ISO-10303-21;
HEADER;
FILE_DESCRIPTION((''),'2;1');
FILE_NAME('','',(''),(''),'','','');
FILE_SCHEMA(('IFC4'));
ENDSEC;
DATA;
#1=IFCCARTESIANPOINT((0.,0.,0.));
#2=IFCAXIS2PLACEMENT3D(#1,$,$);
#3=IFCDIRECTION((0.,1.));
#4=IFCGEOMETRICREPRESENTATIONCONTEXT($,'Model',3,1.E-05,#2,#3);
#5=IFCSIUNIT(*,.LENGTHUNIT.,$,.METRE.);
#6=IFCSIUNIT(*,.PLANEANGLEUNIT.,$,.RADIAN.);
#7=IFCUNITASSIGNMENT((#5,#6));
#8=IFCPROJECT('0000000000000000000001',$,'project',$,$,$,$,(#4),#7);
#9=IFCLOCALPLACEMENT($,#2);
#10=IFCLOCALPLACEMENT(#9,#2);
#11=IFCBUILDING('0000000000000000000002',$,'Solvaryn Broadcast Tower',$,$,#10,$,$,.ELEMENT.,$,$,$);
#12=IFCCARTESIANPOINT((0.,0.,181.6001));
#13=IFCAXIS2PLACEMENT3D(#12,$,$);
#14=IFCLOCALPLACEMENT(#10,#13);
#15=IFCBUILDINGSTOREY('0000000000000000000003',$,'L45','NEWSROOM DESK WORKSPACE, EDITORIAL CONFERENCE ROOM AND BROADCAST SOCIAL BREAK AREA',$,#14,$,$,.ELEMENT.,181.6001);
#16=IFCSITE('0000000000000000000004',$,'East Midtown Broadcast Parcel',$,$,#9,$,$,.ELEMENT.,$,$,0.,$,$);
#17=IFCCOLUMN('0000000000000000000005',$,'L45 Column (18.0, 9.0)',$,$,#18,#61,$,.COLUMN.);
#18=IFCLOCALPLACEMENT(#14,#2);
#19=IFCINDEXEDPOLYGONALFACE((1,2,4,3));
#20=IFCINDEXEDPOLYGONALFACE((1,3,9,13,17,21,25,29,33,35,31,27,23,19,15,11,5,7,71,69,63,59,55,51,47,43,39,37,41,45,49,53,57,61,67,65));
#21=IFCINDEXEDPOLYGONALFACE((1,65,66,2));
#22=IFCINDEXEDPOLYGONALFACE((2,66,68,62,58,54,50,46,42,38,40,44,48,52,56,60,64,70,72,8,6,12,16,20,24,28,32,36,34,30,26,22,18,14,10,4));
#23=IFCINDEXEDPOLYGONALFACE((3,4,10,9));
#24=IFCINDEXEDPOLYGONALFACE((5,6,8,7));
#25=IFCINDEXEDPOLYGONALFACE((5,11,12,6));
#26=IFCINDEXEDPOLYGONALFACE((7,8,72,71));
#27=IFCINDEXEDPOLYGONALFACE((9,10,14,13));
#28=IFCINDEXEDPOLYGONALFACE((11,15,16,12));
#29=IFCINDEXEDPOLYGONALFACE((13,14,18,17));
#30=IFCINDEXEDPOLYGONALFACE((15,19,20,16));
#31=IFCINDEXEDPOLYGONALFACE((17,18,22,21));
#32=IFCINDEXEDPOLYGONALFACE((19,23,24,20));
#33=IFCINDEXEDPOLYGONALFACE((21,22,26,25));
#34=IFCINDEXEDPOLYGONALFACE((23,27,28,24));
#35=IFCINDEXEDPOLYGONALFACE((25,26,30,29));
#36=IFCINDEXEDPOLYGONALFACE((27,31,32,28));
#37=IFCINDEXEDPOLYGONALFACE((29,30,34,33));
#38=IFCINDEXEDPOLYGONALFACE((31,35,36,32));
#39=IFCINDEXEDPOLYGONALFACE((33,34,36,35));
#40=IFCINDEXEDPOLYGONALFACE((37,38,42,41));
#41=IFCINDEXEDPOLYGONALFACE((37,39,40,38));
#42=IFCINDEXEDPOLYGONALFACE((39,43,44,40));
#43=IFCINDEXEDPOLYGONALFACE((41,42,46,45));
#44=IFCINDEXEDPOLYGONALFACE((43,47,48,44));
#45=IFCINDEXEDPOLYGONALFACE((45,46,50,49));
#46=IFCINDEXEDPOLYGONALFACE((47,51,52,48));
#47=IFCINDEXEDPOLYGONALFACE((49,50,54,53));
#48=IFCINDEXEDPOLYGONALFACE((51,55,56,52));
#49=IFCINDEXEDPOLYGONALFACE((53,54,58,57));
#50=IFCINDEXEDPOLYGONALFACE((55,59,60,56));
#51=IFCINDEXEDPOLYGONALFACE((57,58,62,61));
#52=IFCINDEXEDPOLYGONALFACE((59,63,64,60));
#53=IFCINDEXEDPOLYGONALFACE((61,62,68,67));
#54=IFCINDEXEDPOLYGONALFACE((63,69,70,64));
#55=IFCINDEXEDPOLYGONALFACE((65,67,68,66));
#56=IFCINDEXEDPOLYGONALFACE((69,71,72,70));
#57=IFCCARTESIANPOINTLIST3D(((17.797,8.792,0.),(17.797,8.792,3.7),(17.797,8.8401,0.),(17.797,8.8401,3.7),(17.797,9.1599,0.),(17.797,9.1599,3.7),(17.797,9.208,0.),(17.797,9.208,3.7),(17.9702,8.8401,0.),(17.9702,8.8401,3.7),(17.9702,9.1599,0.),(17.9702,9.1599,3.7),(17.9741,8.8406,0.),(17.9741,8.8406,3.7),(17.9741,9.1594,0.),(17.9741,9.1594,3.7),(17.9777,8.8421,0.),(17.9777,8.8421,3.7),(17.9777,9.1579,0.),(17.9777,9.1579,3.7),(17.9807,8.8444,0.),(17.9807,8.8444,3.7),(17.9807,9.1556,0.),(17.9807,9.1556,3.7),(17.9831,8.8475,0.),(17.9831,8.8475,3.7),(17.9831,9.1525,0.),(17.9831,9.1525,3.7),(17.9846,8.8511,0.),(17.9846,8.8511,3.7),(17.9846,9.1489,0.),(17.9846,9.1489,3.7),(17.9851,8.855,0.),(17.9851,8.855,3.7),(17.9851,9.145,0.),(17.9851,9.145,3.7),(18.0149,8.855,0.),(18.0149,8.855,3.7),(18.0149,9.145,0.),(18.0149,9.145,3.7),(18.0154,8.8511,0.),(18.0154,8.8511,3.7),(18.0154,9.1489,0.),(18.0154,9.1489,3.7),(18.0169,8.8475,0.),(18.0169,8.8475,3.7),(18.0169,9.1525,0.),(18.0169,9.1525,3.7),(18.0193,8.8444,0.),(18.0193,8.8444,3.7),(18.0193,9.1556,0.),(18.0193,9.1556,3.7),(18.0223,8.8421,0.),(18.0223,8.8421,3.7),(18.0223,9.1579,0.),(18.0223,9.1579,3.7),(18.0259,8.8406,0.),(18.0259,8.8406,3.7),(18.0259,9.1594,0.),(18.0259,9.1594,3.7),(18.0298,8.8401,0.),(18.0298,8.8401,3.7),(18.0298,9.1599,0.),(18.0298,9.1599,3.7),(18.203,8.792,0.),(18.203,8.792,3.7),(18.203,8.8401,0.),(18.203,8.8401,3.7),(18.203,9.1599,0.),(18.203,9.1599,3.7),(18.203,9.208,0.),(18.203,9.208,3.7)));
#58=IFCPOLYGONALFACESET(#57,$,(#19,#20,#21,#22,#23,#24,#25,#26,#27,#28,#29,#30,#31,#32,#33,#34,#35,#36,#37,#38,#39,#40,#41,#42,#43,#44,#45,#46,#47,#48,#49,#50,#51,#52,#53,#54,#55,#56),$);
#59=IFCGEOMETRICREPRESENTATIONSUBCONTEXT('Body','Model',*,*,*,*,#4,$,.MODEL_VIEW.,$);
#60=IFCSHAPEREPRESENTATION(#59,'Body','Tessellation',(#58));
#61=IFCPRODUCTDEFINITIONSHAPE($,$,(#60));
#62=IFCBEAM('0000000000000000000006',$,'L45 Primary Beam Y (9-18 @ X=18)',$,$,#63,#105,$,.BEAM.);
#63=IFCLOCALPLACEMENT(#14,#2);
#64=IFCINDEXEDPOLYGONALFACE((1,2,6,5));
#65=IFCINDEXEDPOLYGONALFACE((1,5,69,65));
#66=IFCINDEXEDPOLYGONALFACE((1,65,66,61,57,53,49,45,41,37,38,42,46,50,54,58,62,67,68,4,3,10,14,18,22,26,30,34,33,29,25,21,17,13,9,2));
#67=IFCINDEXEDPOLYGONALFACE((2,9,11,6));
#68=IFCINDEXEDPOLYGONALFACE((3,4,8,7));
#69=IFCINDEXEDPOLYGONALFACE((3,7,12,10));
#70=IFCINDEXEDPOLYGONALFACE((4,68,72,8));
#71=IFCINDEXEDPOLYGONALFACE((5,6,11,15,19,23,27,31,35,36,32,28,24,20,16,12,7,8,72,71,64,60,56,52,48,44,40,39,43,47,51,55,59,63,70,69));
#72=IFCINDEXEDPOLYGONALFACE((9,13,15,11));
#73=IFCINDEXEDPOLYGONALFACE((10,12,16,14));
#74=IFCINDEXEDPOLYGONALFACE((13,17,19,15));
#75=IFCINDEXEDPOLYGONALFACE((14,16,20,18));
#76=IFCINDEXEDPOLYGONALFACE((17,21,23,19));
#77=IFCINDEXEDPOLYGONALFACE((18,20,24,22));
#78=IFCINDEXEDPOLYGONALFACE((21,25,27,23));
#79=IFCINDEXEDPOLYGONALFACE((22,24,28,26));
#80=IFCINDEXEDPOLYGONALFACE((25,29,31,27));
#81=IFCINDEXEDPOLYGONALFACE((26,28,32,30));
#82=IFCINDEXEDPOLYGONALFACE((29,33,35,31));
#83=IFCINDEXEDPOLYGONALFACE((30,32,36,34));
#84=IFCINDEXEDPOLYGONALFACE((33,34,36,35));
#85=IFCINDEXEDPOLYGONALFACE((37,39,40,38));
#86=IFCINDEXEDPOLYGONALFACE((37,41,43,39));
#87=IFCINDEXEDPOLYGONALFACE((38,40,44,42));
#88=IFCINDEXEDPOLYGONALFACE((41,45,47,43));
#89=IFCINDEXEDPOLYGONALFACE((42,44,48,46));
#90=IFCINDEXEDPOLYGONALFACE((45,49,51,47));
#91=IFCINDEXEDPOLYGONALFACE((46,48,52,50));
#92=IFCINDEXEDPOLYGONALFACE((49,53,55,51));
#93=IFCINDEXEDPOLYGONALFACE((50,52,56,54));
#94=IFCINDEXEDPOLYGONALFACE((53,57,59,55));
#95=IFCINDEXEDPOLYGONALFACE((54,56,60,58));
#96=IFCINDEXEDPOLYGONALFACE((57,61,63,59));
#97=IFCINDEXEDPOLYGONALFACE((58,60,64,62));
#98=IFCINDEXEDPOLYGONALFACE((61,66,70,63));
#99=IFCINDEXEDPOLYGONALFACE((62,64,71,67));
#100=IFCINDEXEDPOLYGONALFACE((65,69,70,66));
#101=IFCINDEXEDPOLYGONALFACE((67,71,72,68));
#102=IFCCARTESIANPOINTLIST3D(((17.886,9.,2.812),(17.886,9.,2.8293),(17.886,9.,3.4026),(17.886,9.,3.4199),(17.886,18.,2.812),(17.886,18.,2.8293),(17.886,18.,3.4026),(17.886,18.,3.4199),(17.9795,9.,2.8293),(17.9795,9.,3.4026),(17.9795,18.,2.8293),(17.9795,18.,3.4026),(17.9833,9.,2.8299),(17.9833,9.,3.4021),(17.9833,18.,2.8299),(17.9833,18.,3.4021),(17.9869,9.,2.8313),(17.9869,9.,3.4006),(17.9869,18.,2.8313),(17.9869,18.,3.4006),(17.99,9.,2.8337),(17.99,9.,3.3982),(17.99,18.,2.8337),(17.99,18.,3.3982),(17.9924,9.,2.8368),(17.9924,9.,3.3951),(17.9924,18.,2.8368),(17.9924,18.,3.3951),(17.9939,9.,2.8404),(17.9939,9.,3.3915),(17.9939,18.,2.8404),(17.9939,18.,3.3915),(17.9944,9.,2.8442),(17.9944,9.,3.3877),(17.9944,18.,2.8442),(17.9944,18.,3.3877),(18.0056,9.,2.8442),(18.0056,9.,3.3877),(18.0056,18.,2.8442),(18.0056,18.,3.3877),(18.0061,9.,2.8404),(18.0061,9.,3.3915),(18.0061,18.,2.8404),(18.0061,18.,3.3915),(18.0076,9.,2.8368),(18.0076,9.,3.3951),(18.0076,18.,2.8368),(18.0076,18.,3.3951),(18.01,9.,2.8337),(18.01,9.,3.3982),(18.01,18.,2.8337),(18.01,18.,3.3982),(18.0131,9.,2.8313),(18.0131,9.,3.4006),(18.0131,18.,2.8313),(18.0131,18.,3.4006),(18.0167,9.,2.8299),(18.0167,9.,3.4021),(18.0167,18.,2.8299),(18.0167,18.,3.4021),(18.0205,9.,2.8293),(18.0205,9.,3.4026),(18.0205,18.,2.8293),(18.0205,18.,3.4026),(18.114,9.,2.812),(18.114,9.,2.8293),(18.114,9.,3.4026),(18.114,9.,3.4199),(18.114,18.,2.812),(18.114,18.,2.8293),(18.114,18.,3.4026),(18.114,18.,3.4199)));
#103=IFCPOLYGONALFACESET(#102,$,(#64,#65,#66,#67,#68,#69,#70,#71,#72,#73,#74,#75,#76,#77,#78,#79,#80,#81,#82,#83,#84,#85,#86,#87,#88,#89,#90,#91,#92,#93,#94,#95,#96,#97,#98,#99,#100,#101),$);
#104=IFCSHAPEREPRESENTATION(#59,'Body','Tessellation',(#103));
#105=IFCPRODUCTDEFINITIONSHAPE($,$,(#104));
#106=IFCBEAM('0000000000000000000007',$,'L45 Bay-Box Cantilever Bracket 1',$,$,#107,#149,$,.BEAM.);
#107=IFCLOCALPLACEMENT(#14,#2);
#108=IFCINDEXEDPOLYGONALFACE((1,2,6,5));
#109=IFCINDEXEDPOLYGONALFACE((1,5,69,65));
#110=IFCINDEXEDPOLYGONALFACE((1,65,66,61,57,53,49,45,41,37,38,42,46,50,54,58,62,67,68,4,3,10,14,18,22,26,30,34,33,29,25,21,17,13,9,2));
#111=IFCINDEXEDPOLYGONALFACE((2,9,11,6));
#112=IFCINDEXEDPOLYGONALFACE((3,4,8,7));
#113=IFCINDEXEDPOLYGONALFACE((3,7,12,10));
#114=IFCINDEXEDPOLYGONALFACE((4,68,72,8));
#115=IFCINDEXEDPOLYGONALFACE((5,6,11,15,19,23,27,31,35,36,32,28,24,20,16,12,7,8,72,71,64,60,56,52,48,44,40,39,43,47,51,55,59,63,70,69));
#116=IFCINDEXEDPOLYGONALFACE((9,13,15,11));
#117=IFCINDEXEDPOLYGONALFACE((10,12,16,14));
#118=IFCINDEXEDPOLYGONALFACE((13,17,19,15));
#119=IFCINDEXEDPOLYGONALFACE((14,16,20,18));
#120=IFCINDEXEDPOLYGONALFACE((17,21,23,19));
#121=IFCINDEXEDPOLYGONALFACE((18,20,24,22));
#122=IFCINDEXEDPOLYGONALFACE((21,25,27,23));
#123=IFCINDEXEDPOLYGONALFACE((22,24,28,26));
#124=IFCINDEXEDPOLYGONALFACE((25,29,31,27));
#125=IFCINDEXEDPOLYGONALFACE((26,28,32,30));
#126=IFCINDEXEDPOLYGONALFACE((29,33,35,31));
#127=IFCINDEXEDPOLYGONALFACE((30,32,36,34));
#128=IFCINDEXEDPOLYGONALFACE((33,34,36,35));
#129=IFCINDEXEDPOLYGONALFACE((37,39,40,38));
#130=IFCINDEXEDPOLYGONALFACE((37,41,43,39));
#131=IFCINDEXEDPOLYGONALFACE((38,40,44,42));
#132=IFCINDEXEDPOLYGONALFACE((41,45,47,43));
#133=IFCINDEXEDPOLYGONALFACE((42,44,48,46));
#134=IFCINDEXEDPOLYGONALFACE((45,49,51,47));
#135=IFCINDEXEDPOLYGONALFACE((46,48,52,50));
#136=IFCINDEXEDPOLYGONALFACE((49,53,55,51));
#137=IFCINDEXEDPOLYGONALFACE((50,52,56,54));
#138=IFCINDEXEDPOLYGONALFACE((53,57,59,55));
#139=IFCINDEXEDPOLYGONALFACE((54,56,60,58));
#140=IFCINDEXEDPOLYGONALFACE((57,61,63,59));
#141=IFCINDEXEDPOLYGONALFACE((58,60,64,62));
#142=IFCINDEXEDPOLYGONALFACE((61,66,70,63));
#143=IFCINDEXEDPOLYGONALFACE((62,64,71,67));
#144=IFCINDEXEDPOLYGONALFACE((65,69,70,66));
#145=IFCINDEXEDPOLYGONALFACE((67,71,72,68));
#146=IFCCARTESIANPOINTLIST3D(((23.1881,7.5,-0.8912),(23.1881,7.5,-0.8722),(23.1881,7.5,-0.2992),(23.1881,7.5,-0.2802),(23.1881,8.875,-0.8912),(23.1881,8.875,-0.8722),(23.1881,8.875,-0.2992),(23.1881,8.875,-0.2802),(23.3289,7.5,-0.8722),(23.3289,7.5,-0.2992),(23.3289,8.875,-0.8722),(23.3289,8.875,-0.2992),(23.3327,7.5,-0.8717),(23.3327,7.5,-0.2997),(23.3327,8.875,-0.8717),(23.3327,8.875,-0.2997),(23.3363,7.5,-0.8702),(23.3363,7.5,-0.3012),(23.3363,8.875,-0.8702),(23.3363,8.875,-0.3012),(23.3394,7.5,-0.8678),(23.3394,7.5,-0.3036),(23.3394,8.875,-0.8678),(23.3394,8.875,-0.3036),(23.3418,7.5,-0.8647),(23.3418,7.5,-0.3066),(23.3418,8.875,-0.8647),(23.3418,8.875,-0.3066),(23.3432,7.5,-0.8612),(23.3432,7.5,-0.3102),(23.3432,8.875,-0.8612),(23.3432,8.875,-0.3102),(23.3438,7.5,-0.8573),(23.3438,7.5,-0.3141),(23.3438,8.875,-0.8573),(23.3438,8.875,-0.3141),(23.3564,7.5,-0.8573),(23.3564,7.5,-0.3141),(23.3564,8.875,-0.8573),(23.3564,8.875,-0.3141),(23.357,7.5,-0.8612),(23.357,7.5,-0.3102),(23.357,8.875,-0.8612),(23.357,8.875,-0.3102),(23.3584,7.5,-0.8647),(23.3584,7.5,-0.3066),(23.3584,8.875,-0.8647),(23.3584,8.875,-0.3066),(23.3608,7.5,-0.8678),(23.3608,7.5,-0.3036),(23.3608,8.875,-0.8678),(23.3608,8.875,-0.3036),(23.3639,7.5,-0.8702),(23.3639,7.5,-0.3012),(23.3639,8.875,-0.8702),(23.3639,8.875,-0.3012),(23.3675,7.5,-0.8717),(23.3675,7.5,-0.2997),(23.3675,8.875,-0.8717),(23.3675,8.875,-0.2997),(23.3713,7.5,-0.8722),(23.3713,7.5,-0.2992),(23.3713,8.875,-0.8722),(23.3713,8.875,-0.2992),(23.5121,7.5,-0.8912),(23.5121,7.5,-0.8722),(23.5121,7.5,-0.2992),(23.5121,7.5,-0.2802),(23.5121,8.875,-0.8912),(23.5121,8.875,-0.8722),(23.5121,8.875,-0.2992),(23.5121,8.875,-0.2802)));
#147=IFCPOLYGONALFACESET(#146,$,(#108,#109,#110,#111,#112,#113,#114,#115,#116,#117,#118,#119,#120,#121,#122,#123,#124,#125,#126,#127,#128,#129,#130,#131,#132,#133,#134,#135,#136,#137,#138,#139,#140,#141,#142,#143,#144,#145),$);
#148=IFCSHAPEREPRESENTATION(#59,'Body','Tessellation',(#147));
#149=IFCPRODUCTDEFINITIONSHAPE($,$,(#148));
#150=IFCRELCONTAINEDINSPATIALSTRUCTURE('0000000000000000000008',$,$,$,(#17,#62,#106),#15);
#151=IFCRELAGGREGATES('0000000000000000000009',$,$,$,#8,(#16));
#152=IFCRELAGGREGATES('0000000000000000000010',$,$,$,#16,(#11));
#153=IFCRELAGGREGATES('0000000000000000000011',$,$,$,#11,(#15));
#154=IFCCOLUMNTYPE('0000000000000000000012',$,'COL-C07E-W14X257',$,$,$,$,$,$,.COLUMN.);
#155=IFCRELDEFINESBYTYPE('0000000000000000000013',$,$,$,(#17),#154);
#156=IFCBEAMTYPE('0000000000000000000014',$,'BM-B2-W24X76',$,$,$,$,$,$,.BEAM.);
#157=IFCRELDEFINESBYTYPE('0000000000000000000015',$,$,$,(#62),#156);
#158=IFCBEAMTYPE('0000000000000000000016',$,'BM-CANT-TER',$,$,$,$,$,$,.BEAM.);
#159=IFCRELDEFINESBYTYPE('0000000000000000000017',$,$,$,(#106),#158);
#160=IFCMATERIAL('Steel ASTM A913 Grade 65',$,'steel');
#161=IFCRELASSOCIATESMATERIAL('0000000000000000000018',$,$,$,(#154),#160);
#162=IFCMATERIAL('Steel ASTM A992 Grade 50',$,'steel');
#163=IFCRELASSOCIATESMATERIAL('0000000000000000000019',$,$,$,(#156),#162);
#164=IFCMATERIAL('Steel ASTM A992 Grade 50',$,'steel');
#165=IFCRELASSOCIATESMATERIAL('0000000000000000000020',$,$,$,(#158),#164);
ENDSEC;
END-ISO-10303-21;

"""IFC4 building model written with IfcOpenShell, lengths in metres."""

from ifc_helpers import new_model, si_unit, direction, frame, origin, origin_2d, place, context, subcontext, project, spatial, i_section, extrude, material, material_profile, profile_set, type_object, element, save


model = new_model("IFC4")

# Units and contexts
model_context = context("Model", 3, precision=1e-05, world=origin(), true_north=direction((0.0, 1.0)))
body_context = subcontext(model_context, "Body", "Model", "MODEL_VIEW")
ifc_project = project(units=[si_unit("LENGTHUNIT", "METRE"), si_unit("PLANEANGLEUNIT", "RADIAN")], contexts=[model_context])

# Site, building, storey
site_placement = place(None, origin())
site = spatial("IfcSite", under=ifc_project, at=site_placement, Name="East Midtown Broadcast Parcel", CompositionType="ELEMENT", RefElevation=0.0)
building_placement = place(site_placement, origin())
building = spatial("IfcBuilding", under=site, at=building_placement, Name="Solvaryn Broadcast Tower", CompositionType="ELEMENT")
storey_placement = place(building_placement, frame((0.0, 0.0, 181.6001)))
storey = spatial("IfcBuildingStorey", under=building, at=storey_placement, Name="L45", Description="NEWSROOM DESK WORKSPACE, EDITORIAL CONFERENCE ROOM AND BROADCAST SOCIAL BREAK AREA", CompositionType="ELEMENT", Elevation=181.6001)

# Column
ifc_material_1 = material(Name="Steel ASTM A913 Grade 65", Category="steel")
ifc_material_profile_1 = material_profile(ifc_material_1, i_section(OverallWidth=0.406, OverallDepth=0.416, WebThickness=0.0298, FlangeThickness=0.0481, FilletRadius=0.0149, at=origin_2d()))
ifc_profile_set_1 = profile_set([ifc_material_profile_1], Name="Steel ASTM A913 Grade 65")
column_type = type_object("IfcColumnType", Name="COL-C07E-W14X257", PredefinedType="COLUMN", material=ifc_profile_set_1)
column_placement = place(storey_placement, frame((18.0, 9.0, 0.0), z_axis=(0.0, 0.0, 1.0), x_axis=(1.0, 0.0, 0.0)))
element("IfcColumn", 1, at=column_placement, inside=storey, type_object=column_type, Name="L45 Column (18.0, 9.0)", PredefinedType="COLUMN", context=body_context, shape_type="SweptSolid", body=[
    extrude(i_section(OverallWidth=0.406, OverallDepth=0.416, WebThickness=0.0298, FlangeThickness=0.0481, FilletRadius=0.0149, at=origin_2d()), origin(), (0.0, 0.0, 1.0), 3.7),
])

# Beams
ifc_material_2 = material(Name="Steel ASTM A992 Grade 50", Category="steel")
ifc_material_profile_2 = material_profile(ifc_material_2, i_section(OverallWidth=0.228, OverallDepth=0.6079, WebThickness=0.0112, FlangeThickness=0.0173, FilletRadius=0.0149, at=origin_2d()))
ifc_profile_set_2 = profile_set([ifc_material_profile_2], Name="Steel ASTM A992 Grade 50")
beam_type_1 = type_object("IfcBeamType", Name="BM-B2-W24X76", PredefinedType="BEAM", material=ifc_profile_set_2)
beam_1_placement = place(storey_placement, frame((18.0, 9.0, 3.116), z_axis=(0.0, 1.0, 0.0), x_axis=(-1.0, 0.0, 0.0)))
element("IfcBeam", 2, at=beam_1_placement, inside=storey, type_object=beam_type_1, Name="L45 Primary Beam Y (9-18 @ X=18)", PredefinedType="BEAM", context=body_context, shape_type="SweptSolid", body=[
    extrude(i_section(OverallWidth=0.228, OverallDepth=0.6079, WebThickness=0.0112, FlangeThickness=0.0173, FilletRadius=0.0149, at=origin_2d()), origin(), (0.0, 0.0, 1.0), 9.0),
])
ifc_material_3 = material(Name="Steel ASTM A992 Grade 50", Category="steel")
ifc_material_profile_3 = material_profile(ifc_material_3, i_section(OverallWidth=0.324, OverallDepth=0.6111, WebThickness=0.0127, FlangeThickness=0.019, FilletRadius=0.0149, at=origin_2d()))
ifc_profile_set_3 = profile_set([ifc_material_profile_3], Name="Steel ASTM A992 Grade 50")
beam_type_2 = type_object("IfcBeamType", Name="BM-CANT-TER", PredefinedType="BEAM", material=ifc_profile_set_3)
beam_2_placement = place(storey_placement, frame((23.3501, 8.875, -0.5857), z_axis=(0.0, -1.0, 0.0), x_axis=(1.0, 0.0, 0.0)))
element("IfcBeam", 3, at=beam_2_placement, inside=storey, type_object=beam_type_2, Name="L45 Bay-Box Cantilever Bracket 1", PredefinedType="BEAM", context=body_context, shape_type="SweptSolid", body=[
    extrude(i_section(OverallWidth=0.324, OverallDepth=0.6111, WebThickness=0.0127, FlangeThickness=0.019, FilletRadius=0.0149, at=origin_2d()), origin(), (0.0, 0.0, 1.0), 1.375),
])

save(model, "model.ifc")
